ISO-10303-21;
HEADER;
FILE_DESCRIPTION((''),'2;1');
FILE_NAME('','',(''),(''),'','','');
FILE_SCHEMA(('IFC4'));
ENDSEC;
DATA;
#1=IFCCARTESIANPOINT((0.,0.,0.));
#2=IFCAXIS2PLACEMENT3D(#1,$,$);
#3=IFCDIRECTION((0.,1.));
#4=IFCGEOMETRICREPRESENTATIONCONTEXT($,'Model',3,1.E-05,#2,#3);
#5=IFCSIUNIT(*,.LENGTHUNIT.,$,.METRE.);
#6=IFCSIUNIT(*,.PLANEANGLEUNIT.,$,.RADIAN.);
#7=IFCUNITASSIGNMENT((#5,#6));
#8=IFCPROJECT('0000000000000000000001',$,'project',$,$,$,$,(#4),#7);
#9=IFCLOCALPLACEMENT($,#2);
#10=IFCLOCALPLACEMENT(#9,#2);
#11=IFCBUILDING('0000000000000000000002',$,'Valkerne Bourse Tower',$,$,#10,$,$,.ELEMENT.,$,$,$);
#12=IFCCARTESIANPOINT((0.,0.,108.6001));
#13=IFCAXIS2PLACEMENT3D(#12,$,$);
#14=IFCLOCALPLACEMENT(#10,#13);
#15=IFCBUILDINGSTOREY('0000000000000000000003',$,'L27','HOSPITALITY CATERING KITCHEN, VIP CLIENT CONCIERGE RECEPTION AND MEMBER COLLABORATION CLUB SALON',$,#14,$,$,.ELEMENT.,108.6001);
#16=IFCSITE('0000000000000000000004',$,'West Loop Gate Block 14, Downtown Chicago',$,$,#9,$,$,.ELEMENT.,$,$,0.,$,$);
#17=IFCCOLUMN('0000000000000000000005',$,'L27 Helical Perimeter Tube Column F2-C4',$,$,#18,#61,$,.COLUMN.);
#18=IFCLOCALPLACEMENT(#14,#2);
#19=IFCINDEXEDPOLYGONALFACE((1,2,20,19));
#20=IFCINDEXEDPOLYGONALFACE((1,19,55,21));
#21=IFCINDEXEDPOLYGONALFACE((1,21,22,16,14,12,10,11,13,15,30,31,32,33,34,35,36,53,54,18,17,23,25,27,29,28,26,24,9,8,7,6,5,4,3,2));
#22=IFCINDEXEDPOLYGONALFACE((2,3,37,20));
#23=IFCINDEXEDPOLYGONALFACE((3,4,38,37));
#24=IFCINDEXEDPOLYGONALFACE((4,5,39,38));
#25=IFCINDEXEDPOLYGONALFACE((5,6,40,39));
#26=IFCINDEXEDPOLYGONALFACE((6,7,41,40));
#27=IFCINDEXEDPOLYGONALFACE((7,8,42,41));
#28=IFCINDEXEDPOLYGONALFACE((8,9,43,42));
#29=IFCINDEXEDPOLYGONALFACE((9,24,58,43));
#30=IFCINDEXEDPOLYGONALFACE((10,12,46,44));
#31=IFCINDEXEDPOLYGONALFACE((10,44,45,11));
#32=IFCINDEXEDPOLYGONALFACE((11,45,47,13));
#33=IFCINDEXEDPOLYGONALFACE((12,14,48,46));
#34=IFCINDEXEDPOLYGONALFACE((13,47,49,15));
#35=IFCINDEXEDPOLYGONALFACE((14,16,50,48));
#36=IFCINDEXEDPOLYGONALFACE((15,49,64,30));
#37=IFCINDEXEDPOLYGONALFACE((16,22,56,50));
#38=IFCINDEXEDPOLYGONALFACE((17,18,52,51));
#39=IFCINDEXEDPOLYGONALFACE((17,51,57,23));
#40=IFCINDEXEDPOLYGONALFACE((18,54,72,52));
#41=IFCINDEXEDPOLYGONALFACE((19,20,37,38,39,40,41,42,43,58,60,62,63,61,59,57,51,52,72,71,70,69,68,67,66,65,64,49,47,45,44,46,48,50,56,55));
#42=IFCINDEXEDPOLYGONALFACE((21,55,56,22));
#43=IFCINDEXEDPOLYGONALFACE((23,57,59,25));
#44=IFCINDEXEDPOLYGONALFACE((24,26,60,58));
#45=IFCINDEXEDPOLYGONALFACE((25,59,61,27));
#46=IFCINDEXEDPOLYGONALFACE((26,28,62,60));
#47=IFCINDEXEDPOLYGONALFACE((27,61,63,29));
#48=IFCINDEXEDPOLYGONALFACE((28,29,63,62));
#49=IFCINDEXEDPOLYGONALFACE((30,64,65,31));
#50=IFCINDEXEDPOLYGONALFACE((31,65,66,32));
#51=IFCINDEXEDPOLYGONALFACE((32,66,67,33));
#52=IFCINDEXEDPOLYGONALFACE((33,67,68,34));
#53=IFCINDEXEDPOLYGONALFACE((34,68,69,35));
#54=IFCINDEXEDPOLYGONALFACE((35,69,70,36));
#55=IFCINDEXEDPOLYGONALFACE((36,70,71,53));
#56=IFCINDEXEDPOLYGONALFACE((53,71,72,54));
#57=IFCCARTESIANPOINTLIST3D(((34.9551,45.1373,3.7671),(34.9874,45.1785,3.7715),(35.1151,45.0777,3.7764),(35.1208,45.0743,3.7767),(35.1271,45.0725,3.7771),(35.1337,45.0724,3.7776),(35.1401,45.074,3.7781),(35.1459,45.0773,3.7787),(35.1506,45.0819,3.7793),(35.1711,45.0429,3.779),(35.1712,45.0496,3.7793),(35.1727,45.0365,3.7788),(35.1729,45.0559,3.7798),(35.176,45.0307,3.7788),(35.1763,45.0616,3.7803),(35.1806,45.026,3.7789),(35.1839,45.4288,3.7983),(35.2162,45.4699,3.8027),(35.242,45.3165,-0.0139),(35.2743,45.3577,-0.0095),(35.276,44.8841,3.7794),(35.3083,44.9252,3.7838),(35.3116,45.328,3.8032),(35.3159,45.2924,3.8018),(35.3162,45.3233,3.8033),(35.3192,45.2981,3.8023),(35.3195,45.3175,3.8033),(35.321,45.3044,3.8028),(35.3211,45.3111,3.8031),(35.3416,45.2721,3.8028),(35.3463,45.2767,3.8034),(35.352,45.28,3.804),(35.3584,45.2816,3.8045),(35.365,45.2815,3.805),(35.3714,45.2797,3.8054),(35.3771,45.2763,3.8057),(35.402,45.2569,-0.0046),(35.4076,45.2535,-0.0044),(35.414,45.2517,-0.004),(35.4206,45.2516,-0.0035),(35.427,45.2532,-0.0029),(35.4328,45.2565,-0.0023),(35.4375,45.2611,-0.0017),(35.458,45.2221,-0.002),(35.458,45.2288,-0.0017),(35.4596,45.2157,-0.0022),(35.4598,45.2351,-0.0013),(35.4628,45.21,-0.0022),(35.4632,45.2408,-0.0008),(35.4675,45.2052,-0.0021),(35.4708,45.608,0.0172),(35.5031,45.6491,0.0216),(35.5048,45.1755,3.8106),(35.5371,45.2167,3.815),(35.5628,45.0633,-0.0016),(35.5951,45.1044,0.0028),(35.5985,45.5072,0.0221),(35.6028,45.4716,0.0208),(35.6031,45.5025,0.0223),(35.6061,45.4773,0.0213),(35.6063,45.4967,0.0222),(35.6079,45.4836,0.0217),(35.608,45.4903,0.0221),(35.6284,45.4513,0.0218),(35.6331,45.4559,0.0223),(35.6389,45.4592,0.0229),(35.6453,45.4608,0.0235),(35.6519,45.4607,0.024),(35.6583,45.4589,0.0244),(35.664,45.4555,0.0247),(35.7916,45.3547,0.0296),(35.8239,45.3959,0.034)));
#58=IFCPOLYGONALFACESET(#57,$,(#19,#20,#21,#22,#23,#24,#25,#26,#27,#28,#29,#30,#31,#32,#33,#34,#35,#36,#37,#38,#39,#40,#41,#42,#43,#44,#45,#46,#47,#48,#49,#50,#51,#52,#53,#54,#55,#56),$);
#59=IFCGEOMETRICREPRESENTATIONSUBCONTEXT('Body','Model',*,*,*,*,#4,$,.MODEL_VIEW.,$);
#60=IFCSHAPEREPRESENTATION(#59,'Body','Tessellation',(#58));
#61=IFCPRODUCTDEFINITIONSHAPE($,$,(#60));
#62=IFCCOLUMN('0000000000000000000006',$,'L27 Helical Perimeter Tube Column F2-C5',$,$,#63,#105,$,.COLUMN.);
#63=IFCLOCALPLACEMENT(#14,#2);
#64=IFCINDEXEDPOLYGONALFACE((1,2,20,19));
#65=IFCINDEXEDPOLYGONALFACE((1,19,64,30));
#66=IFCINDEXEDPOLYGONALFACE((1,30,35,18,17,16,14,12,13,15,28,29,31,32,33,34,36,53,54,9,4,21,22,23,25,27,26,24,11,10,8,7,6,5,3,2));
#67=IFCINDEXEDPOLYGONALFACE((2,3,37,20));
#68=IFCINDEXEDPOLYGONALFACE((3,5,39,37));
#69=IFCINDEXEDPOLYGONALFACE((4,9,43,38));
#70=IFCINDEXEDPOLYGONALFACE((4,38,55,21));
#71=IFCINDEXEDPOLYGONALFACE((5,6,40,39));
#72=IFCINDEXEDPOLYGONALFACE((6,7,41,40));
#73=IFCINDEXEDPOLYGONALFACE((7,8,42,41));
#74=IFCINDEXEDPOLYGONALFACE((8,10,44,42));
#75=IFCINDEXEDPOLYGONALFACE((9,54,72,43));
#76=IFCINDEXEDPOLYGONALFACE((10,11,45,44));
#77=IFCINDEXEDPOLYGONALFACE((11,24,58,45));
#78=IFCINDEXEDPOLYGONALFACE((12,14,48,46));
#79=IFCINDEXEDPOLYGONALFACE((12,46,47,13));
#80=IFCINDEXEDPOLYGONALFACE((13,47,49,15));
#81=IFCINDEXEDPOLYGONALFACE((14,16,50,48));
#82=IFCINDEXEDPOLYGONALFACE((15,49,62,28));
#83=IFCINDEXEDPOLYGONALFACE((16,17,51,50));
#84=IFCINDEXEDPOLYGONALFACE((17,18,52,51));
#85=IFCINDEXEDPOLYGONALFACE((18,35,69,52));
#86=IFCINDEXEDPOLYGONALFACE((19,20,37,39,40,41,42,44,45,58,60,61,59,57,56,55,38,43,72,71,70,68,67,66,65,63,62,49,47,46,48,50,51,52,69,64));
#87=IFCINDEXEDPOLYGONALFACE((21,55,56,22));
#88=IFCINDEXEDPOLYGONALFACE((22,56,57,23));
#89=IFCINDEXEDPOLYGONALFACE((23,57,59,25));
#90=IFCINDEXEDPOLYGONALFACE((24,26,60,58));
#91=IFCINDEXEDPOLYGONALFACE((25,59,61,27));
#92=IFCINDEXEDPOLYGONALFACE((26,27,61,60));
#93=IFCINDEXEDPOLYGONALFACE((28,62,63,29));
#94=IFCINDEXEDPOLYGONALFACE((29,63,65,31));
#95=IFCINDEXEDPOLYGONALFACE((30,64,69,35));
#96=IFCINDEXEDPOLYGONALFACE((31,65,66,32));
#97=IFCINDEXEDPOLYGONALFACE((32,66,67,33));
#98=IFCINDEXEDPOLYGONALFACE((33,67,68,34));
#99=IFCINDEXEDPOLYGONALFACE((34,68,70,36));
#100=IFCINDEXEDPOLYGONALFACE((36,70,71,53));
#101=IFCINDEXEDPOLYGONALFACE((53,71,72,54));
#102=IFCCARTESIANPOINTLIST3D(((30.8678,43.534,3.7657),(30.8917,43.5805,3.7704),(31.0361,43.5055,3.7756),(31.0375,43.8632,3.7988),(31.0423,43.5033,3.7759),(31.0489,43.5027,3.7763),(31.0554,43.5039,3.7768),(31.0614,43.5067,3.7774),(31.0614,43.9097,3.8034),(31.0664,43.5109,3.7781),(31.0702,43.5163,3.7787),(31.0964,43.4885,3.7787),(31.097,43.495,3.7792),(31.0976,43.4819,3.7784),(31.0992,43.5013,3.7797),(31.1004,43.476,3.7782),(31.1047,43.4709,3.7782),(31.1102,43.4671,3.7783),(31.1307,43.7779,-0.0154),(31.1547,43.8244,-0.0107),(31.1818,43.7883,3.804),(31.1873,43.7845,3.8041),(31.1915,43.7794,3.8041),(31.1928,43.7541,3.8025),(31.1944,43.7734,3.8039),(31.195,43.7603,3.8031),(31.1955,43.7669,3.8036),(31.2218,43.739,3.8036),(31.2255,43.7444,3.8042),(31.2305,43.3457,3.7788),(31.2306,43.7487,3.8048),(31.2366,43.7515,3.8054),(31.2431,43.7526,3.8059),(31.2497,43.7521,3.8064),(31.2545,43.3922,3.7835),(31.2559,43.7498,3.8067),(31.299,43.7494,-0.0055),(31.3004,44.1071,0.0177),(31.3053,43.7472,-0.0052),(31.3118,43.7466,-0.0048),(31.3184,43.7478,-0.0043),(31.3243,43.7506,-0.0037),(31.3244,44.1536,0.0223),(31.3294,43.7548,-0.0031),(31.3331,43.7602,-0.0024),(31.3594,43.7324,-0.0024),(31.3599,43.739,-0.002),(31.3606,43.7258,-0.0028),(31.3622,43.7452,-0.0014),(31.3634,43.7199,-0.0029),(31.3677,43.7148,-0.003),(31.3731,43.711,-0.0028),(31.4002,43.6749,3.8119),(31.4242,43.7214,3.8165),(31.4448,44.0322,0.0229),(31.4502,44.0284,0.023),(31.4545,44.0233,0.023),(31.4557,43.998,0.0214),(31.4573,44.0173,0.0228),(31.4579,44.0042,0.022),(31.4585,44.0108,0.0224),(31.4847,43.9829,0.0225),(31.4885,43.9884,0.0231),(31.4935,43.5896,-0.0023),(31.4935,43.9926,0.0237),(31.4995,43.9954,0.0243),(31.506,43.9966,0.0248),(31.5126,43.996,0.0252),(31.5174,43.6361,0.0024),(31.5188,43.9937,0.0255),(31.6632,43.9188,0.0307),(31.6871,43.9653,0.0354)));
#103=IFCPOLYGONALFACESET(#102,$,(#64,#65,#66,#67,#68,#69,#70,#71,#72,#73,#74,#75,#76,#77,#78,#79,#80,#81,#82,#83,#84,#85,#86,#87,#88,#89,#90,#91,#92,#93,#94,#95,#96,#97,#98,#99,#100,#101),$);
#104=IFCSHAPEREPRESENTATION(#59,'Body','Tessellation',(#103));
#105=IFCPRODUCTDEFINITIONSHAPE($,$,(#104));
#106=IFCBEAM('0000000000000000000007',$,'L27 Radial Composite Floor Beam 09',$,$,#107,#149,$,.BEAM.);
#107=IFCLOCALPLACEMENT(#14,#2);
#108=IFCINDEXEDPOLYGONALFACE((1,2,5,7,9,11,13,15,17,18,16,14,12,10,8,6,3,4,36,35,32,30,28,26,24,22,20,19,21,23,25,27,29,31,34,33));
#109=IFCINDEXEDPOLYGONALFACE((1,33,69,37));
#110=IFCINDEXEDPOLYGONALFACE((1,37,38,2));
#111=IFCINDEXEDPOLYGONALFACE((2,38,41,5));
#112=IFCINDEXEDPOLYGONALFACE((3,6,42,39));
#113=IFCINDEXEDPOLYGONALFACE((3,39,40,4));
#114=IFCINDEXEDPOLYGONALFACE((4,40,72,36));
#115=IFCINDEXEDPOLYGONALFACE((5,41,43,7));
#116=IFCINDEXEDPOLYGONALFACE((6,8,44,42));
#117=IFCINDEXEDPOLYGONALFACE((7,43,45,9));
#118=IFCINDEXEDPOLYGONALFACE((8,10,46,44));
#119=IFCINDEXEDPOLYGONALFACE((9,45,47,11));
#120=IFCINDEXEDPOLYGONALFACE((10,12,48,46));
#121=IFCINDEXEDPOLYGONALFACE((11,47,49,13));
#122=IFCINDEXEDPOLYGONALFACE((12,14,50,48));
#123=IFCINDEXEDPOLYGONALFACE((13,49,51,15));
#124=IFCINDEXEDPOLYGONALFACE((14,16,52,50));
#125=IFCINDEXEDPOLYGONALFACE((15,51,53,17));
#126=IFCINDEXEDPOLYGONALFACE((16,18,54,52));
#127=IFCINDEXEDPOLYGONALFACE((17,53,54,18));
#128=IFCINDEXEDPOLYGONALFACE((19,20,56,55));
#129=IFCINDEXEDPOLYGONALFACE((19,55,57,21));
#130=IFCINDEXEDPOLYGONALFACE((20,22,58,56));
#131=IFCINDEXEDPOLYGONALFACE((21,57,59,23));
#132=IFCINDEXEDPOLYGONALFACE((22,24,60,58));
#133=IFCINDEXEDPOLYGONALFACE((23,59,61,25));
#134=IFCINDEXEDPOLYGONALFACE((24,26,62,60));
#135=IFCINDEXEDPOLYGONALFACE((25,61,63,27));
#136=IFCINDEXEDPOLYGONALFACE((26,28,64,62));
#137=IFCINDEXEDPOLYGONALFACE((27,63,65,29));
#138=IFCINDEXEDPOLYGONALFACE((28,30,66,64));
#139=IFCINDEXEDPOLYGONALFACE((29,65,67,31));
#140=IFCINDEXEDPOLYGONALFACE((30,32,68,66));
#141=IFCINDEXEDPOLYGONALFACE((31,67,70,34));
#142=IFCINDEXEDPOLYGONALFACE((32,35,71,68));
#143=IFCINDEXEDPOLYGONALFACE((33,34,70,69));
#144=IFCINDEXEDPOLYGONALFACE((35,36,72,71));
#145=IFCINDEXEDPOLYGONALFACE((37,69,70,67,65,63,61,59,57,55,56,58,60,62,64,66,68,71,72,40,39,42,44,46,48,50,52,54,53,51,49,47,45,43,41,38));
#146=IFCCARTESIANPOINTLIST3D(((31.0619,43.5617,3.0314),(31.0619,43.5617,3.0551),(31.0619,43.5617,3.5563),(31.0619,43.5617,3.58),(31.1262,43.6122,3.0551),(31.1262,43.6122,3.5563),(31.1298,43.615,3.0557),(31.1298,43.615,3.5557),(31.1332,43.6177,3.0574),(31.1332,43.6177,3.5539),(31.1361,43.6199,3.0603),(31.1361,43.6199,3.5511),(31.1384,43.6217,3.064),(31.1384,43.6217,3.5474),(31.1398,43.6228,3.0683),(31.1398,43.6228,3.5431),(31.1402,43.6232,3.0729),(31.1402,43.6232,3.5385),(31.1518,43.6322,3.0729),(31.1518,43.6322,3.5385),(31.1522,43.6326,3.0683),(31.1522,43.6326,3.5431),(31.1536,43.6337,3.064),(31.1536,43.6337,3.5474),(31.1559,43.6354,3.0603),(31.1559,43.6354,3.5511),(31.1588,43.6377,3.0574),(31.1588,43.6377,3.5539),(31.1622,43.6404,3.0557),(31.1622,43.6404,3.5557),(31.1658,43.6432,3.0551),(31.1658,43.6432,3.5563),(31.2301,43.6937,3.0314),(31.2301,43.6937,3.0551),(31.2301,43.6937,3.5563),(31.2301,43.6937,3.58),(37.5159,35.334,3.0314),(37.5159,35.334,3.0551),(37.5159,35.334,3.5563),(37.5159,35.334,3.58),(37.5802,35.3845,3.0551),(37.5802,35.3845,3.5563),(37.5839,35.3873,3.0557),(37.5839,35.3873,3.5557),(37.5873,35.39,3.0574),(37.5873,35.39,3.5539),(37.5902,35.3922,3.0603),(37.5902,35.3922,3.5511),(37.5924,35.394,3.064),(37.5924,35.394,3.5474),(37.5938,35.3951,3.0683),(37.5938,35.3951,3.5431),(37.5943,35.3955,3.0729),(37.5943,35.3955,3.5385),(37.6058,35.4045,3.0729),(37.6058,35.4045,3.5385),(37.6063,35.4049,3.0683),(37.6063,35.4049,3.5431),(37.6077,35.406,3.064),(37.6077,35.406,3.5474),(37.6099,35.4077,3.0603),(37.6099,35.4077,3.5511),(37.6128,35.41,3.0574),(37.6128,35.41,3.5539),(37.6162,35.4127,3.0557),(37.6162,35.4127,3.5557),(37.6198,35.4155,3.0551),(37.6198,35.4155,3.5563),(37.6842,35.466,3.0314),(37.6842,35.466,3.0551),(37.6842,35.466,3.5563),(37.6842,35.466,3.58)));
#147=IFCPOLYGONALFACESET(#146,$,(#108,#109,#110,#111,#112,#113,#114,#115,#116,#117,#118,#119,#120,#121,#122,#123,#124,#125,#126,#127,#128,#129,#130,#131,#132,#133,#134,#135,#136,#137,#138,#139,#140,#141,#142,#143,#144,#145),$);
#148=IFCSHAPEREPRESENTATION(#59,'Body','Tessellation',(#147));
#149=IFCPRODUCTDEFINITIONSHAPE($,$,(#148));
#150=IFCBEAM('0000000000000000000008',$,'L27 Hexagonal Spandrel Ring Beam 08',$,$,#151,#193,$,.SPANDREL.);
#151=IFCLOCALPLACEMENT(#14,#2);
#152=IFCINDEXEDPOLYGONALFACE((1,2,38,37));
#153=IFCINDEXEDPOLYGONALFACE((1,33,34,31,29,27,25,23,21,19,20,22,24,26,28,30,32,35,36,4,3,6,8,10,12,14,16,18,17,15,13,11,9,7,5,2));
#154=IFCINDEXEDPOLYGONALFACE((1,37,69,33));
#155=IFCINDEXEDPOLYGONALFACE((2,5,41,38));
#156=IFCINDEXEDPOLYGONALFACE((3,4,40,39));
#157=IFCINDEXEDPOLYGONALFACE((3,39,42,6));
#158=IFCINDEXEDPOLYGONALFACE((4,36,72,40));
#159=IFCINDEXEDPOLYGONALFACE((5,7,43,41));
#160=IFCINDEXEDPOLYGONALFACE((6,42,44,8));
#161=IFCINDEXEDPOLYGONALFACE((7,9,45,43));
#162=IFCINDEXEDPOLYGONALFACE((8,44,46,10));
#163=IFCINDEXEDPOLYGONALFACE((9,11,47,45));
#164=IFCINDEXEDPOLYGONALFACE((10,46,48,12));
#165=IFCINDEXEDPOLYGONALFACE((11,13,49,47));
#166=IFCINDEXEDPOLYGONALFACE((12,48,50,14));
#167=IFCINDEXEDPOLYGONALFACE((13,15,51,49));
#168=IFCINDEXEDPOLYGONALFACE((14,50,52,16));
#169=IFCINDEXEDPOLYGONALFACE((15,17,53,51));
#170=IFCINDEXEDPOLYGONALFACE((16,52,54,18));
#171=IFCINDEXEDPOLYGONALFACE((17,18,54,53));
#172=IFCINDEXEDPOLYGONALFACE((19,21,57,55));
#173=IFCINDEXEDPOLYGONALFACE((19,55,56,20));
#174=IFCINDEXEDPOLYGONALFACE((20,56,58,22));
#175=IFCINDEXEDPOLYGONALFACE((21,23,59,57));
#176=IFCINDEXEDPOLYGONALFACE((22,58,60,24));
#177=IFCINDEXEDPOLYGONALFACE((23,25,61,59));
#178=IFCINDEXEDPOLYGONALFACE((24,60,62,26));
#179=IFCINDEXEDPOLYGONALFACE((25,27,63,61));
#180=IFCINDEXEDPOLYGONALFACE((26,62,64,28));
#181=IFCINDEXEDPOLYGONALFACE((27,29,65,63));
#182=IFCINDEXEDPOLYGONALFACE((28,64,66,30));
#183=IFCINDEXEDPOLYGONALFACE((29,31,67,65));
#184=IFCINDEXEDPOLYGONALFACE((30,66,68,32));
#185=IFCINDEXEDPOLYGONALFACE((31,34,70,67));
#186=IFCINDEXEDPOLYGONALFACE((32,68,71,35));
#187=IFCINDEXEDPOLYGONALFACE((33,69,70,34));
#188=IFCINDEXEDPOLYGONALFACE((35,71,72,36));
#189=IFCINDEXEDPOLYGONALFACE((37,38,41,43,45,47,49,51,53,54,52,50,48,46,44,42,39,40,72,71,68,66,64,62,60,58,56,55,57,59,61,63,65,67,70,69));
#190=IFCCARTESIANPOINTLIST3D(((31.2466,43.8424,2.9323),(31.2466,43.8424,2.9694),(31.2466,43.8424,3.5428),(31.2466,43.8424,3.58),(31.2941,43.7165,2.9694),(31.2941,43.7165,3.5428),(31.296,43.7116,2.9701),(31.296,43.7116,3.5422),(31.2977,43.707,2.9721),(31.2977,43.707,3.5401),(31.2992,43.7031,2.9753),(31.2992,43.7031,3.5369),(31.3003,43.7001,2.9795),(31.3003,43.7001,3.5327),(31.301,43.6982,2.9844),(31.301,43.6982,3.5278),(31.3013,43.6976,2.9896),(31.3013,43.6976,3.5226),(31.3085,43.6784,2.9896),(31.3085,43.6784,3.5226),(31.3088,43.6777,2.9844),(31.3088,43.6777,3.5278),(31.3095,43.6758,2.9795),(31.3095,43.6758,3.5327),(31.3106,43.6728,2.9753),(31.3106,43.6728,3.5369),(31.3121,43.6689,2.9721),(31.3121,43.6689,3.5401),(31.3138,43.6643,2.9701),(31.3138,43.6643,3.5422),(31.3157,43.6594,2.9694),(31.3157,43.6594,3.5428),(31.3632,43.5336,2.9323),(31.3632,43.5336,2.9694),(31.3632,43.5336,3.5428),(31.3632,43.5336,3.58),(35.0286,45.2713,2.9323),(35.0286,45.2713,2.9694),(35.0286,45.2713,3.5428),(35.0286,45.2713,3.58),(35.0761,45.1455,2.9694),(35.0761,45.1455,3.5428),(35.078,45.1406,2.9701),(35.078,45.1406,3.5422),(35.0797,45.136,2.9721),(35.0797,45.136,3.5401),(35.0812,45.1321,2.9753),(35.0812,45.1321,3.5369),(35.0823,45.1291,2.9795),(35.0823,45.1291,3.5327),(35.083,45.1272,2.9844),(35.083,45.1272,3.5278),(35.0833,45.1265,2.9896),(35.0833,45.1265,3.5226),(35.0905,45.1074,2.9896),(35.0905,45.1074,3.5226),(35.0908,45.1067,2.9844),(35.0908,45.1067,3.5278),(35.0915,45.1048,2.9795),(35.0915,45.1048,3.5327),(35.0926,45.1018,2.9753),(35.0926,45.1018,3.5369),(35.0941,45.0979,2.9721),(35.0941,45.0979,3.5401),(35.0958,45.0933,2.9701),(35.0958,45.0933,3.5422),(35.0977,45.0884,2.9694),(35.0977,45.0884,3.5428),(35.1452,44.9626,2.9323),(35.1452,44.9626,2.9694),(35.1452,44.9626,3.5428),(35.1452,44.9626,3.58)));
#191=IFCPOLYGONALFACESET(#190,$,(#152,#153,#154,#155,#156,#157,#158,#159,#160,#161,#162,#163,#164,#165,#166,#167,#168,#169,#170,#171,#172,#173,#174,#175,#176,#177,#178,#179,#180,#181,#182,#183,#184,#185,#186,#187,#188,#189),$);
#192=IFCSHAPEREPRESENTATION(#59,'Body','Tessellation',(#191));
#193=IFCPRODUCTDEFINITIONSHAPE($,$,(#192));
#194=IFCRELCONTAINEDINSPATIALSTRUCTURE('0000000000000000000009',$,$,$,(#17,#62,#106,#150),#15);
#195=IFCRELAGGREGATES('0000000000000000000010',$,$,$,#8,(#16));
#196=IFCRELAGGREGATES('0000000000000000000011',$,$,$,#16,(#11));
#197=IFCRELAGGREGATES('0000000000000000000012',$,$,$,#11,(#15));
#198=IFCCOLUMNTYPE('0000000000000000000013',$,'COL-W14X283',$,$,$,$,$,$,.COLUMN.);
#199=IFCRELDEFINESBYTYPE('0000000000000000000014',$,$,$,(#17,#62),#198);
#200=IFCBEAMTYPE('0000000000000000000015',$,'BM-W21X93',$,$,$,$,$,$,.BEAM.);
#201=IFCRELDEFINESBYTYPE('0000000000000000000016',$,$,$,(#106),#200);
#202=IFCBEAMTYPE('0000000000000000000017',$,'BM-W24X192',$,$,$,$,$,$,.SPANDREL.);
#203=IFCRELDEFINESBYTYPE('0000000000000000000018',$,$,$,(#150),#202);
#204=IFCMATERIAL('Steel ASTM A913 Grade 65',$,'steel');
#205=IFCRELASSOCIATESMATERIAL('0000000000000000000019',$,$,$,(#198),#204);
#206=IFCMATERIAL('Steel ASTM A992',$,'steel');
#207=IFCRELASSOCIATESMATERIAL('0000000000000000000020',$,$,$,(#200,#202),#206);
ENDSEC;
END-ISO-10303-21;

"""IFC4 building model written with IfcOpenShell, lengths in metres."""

from ifc_helpers import new_model, si_unit, direction, frame, origin, origin_2d, place, context, subcontext, project, spatial, i_section, extrude, material, material_profile, profile_set, type_object, element, save


model = new_model("IFC4")

# Units and contexts
model_context = context("Model", 3, precision=1e-05, world=origin(), true_north=direction((0.0, 1.0)))
body_context = subcontext(model_context, "Body", "Model", "MODEL_VIEW")
ifc_project = project(units=[si_unit("LENGTHUNIT", "METRE"), si_unit("PLANEANGLEUNIT", "RADIAN")], contexts=[model_context])

# Site, building, storey
site_placement = place(None, origin())
site = spatial("IfcSite", under=ifc_project, at=site_placement, Name="West Loop Gate Block 14, Downtown Chicago", CompositionType="ELEMENT", RefElevation=0.0)
building_placement = place(site_placement, origin())
building = spatial("IfcBuilding", under=site, at=building_placement, Name="Valkerne Bourse Tower", CompositionType="ELEMENT")
storey_placement = place(building_placement, frame((0.0, 0.0, 108.6001)))
storey = spatial("IfcBuildingStorey", under=building, at=storey_placement, Name="L27", Description="HOSPITALITY CATERING KITCHEN, VIP CLIENT CONCIERGE RECEPTION AND MEMBER COLLABORATION CLUB SALON", CompositionType="ELEMENT", Elevation=108.6001)

# Columns
ifc_material_1 = material(Name="Steel ASTM A913 Grade 65", Category="steel")
ifc_material_profile_1 = material_profile(ifc_material_1, i_section(OverallWidth=0.4089, OverallDepth=0.4243, WebThickness=0.0327, FlangeThickness=0.0525, FilletRadius=0.0254, at=origin_2d()), Name="W14X283")
ifc_profile_set_1 = profile_set([ifc_material_profile_1], Name="Steel ASTM A913 Grade 65")
column_type = type_object("IfcColumnType", Name="COL-W14X283", PredefinedType="COLUMN", material=ifc_profile_set_1)
column_1_placement = place(storey_placement, frame((35.533, 45.3562, 0.01), z_axis=(-0.075568, -0.047206, 0.996023), x_axis=(-0.78463, 0.619229, -0.030182)))
element("IfcColumn", 1, at=column_1_placement, inside=storey, type_object=column_type, Name="L27 Helical Perimeter Tube Column F2-C4", PredefinedType="COLUMN", context=body_context, shape_type="SweptSolid", body=[
    extrude(i_section(OverallWidth=0.4089, OverallDepth=0.4243, WebThickness=0.0327, FlangeThickness=0.0525, FilletRadius=0.0254, at=origin_2d()), origin(), (0.0, 0.0, 1.0), 3.7961),
])
column_2_placement = place(storey_placement, frame((31.4089, 43.8716, 0.01), z_axis=(-0.069231, -0.064217, 0.995532), x_axis=(-0.887093, 0.460481, -0.031987)))
element("IfcColumn", 2, at=column_2_placement, inside=storey, type_object=column_type, Name="L27 Helical Perimeter Tube Column F2-C5", PredefinedType="COLUMN", context=body_context, shape_type="SweptSolid", body=[
    extrude(i_section(OverallWidth=0.4089, OverallDepth=0.4243, WebThickness=0.0327, FlangeThickness=0.0525, FilletRadius=0.0254, at=origin_2d()), origin(), (0.0, 0.0, 1.0), 3.7981),
])

# Beams
ifc_material_2 = material(Name="Steel ASTM A992", Category="steel")
ifc_material_profile_2 = material_profile(ifc_material_2, i_section(OverallWidth=0.2139, OverallDepth=0.5486, WebThickness=0.0146, FlangeThickness=0.0237, FilletRadius=0.0178, at=origin_2d()), Name="W21X93")
ifc_profile_set_2 = profile_set([ifc_material_profile_2], Name="Steel ASTM A992")
beam_type_1 = type_object("IfcBeamType", Name="BM-W21X93", PredefinedType="BEAM", material=ifc_profile_set_2)
beam_1_placement = place(storey_placement, frame((31.146, 43.6277, 3.3057), z_axis=(0.617195, -0.78681, 0.0), x_axis=(0.78681, 0.617195, 0.0)))
element("IfcBeam", 3, at=beam_1_placement, inside=storey, type_object=beam_type_1, Name="L27 Radial Composite Floor Beam 09", PredefinedType="BEAM", context=body_context, shape_type="SweptSolid", body=[
    extrude(i_section(OverallWidth=0.2139, OverallDepth=0.5486, WebThickness=0.0146, FlangeThickness=0.0237, FilletRadius=0.0178, at=origin_2d()), origin(), (0.0, 0.0, 1.0), 10.457),
])
ifc_material_profile_3 = material_profile(ifc_material_2, i_section(OverallWidth=0.3301, OverallDepth=0.6477, WebThickness=0.0205, FlangeThickness=0.0371, FilletRadius=0.0203, at=origin_2d()), Name="W24X192")
ifc_profile_set_3 = profile_set([ifc_material_profile_3], Name="Steel ASTM A992")
beam_type_2 = type_object("IfcBeamType", Name="BM-W24X192", PredefinedType="SPANDREL", material=ifc_profile_set_3)
beam_2_placement = place(storey_placement, frame((35.0869, 45.1169, 3.2561), z_axis=(-0.935455, -0.353445, 0.0), x_axis=(0.353445, -0.935455, 0.0)))
element("IfcBeam", 4, at=beam_2_placement, inside=storey, type_object=beam_type_2, Name="L27 Hexagonal Spandrel Ring Beam 08", PredefinedType="SPANDREL", context=body_context, shape_type="SweptSolid", body=[
    extrude(i_section(OverallWidth=0.3301, OverallDepth=0.6477, WebThickness=0.0205, FlangeThickness=0.0371, FilletRadius=0.0203, at=origin_2d()), origin(), (0.0, 0.0, 1.0), 4.043),
])

save(model, "model.ifc")
